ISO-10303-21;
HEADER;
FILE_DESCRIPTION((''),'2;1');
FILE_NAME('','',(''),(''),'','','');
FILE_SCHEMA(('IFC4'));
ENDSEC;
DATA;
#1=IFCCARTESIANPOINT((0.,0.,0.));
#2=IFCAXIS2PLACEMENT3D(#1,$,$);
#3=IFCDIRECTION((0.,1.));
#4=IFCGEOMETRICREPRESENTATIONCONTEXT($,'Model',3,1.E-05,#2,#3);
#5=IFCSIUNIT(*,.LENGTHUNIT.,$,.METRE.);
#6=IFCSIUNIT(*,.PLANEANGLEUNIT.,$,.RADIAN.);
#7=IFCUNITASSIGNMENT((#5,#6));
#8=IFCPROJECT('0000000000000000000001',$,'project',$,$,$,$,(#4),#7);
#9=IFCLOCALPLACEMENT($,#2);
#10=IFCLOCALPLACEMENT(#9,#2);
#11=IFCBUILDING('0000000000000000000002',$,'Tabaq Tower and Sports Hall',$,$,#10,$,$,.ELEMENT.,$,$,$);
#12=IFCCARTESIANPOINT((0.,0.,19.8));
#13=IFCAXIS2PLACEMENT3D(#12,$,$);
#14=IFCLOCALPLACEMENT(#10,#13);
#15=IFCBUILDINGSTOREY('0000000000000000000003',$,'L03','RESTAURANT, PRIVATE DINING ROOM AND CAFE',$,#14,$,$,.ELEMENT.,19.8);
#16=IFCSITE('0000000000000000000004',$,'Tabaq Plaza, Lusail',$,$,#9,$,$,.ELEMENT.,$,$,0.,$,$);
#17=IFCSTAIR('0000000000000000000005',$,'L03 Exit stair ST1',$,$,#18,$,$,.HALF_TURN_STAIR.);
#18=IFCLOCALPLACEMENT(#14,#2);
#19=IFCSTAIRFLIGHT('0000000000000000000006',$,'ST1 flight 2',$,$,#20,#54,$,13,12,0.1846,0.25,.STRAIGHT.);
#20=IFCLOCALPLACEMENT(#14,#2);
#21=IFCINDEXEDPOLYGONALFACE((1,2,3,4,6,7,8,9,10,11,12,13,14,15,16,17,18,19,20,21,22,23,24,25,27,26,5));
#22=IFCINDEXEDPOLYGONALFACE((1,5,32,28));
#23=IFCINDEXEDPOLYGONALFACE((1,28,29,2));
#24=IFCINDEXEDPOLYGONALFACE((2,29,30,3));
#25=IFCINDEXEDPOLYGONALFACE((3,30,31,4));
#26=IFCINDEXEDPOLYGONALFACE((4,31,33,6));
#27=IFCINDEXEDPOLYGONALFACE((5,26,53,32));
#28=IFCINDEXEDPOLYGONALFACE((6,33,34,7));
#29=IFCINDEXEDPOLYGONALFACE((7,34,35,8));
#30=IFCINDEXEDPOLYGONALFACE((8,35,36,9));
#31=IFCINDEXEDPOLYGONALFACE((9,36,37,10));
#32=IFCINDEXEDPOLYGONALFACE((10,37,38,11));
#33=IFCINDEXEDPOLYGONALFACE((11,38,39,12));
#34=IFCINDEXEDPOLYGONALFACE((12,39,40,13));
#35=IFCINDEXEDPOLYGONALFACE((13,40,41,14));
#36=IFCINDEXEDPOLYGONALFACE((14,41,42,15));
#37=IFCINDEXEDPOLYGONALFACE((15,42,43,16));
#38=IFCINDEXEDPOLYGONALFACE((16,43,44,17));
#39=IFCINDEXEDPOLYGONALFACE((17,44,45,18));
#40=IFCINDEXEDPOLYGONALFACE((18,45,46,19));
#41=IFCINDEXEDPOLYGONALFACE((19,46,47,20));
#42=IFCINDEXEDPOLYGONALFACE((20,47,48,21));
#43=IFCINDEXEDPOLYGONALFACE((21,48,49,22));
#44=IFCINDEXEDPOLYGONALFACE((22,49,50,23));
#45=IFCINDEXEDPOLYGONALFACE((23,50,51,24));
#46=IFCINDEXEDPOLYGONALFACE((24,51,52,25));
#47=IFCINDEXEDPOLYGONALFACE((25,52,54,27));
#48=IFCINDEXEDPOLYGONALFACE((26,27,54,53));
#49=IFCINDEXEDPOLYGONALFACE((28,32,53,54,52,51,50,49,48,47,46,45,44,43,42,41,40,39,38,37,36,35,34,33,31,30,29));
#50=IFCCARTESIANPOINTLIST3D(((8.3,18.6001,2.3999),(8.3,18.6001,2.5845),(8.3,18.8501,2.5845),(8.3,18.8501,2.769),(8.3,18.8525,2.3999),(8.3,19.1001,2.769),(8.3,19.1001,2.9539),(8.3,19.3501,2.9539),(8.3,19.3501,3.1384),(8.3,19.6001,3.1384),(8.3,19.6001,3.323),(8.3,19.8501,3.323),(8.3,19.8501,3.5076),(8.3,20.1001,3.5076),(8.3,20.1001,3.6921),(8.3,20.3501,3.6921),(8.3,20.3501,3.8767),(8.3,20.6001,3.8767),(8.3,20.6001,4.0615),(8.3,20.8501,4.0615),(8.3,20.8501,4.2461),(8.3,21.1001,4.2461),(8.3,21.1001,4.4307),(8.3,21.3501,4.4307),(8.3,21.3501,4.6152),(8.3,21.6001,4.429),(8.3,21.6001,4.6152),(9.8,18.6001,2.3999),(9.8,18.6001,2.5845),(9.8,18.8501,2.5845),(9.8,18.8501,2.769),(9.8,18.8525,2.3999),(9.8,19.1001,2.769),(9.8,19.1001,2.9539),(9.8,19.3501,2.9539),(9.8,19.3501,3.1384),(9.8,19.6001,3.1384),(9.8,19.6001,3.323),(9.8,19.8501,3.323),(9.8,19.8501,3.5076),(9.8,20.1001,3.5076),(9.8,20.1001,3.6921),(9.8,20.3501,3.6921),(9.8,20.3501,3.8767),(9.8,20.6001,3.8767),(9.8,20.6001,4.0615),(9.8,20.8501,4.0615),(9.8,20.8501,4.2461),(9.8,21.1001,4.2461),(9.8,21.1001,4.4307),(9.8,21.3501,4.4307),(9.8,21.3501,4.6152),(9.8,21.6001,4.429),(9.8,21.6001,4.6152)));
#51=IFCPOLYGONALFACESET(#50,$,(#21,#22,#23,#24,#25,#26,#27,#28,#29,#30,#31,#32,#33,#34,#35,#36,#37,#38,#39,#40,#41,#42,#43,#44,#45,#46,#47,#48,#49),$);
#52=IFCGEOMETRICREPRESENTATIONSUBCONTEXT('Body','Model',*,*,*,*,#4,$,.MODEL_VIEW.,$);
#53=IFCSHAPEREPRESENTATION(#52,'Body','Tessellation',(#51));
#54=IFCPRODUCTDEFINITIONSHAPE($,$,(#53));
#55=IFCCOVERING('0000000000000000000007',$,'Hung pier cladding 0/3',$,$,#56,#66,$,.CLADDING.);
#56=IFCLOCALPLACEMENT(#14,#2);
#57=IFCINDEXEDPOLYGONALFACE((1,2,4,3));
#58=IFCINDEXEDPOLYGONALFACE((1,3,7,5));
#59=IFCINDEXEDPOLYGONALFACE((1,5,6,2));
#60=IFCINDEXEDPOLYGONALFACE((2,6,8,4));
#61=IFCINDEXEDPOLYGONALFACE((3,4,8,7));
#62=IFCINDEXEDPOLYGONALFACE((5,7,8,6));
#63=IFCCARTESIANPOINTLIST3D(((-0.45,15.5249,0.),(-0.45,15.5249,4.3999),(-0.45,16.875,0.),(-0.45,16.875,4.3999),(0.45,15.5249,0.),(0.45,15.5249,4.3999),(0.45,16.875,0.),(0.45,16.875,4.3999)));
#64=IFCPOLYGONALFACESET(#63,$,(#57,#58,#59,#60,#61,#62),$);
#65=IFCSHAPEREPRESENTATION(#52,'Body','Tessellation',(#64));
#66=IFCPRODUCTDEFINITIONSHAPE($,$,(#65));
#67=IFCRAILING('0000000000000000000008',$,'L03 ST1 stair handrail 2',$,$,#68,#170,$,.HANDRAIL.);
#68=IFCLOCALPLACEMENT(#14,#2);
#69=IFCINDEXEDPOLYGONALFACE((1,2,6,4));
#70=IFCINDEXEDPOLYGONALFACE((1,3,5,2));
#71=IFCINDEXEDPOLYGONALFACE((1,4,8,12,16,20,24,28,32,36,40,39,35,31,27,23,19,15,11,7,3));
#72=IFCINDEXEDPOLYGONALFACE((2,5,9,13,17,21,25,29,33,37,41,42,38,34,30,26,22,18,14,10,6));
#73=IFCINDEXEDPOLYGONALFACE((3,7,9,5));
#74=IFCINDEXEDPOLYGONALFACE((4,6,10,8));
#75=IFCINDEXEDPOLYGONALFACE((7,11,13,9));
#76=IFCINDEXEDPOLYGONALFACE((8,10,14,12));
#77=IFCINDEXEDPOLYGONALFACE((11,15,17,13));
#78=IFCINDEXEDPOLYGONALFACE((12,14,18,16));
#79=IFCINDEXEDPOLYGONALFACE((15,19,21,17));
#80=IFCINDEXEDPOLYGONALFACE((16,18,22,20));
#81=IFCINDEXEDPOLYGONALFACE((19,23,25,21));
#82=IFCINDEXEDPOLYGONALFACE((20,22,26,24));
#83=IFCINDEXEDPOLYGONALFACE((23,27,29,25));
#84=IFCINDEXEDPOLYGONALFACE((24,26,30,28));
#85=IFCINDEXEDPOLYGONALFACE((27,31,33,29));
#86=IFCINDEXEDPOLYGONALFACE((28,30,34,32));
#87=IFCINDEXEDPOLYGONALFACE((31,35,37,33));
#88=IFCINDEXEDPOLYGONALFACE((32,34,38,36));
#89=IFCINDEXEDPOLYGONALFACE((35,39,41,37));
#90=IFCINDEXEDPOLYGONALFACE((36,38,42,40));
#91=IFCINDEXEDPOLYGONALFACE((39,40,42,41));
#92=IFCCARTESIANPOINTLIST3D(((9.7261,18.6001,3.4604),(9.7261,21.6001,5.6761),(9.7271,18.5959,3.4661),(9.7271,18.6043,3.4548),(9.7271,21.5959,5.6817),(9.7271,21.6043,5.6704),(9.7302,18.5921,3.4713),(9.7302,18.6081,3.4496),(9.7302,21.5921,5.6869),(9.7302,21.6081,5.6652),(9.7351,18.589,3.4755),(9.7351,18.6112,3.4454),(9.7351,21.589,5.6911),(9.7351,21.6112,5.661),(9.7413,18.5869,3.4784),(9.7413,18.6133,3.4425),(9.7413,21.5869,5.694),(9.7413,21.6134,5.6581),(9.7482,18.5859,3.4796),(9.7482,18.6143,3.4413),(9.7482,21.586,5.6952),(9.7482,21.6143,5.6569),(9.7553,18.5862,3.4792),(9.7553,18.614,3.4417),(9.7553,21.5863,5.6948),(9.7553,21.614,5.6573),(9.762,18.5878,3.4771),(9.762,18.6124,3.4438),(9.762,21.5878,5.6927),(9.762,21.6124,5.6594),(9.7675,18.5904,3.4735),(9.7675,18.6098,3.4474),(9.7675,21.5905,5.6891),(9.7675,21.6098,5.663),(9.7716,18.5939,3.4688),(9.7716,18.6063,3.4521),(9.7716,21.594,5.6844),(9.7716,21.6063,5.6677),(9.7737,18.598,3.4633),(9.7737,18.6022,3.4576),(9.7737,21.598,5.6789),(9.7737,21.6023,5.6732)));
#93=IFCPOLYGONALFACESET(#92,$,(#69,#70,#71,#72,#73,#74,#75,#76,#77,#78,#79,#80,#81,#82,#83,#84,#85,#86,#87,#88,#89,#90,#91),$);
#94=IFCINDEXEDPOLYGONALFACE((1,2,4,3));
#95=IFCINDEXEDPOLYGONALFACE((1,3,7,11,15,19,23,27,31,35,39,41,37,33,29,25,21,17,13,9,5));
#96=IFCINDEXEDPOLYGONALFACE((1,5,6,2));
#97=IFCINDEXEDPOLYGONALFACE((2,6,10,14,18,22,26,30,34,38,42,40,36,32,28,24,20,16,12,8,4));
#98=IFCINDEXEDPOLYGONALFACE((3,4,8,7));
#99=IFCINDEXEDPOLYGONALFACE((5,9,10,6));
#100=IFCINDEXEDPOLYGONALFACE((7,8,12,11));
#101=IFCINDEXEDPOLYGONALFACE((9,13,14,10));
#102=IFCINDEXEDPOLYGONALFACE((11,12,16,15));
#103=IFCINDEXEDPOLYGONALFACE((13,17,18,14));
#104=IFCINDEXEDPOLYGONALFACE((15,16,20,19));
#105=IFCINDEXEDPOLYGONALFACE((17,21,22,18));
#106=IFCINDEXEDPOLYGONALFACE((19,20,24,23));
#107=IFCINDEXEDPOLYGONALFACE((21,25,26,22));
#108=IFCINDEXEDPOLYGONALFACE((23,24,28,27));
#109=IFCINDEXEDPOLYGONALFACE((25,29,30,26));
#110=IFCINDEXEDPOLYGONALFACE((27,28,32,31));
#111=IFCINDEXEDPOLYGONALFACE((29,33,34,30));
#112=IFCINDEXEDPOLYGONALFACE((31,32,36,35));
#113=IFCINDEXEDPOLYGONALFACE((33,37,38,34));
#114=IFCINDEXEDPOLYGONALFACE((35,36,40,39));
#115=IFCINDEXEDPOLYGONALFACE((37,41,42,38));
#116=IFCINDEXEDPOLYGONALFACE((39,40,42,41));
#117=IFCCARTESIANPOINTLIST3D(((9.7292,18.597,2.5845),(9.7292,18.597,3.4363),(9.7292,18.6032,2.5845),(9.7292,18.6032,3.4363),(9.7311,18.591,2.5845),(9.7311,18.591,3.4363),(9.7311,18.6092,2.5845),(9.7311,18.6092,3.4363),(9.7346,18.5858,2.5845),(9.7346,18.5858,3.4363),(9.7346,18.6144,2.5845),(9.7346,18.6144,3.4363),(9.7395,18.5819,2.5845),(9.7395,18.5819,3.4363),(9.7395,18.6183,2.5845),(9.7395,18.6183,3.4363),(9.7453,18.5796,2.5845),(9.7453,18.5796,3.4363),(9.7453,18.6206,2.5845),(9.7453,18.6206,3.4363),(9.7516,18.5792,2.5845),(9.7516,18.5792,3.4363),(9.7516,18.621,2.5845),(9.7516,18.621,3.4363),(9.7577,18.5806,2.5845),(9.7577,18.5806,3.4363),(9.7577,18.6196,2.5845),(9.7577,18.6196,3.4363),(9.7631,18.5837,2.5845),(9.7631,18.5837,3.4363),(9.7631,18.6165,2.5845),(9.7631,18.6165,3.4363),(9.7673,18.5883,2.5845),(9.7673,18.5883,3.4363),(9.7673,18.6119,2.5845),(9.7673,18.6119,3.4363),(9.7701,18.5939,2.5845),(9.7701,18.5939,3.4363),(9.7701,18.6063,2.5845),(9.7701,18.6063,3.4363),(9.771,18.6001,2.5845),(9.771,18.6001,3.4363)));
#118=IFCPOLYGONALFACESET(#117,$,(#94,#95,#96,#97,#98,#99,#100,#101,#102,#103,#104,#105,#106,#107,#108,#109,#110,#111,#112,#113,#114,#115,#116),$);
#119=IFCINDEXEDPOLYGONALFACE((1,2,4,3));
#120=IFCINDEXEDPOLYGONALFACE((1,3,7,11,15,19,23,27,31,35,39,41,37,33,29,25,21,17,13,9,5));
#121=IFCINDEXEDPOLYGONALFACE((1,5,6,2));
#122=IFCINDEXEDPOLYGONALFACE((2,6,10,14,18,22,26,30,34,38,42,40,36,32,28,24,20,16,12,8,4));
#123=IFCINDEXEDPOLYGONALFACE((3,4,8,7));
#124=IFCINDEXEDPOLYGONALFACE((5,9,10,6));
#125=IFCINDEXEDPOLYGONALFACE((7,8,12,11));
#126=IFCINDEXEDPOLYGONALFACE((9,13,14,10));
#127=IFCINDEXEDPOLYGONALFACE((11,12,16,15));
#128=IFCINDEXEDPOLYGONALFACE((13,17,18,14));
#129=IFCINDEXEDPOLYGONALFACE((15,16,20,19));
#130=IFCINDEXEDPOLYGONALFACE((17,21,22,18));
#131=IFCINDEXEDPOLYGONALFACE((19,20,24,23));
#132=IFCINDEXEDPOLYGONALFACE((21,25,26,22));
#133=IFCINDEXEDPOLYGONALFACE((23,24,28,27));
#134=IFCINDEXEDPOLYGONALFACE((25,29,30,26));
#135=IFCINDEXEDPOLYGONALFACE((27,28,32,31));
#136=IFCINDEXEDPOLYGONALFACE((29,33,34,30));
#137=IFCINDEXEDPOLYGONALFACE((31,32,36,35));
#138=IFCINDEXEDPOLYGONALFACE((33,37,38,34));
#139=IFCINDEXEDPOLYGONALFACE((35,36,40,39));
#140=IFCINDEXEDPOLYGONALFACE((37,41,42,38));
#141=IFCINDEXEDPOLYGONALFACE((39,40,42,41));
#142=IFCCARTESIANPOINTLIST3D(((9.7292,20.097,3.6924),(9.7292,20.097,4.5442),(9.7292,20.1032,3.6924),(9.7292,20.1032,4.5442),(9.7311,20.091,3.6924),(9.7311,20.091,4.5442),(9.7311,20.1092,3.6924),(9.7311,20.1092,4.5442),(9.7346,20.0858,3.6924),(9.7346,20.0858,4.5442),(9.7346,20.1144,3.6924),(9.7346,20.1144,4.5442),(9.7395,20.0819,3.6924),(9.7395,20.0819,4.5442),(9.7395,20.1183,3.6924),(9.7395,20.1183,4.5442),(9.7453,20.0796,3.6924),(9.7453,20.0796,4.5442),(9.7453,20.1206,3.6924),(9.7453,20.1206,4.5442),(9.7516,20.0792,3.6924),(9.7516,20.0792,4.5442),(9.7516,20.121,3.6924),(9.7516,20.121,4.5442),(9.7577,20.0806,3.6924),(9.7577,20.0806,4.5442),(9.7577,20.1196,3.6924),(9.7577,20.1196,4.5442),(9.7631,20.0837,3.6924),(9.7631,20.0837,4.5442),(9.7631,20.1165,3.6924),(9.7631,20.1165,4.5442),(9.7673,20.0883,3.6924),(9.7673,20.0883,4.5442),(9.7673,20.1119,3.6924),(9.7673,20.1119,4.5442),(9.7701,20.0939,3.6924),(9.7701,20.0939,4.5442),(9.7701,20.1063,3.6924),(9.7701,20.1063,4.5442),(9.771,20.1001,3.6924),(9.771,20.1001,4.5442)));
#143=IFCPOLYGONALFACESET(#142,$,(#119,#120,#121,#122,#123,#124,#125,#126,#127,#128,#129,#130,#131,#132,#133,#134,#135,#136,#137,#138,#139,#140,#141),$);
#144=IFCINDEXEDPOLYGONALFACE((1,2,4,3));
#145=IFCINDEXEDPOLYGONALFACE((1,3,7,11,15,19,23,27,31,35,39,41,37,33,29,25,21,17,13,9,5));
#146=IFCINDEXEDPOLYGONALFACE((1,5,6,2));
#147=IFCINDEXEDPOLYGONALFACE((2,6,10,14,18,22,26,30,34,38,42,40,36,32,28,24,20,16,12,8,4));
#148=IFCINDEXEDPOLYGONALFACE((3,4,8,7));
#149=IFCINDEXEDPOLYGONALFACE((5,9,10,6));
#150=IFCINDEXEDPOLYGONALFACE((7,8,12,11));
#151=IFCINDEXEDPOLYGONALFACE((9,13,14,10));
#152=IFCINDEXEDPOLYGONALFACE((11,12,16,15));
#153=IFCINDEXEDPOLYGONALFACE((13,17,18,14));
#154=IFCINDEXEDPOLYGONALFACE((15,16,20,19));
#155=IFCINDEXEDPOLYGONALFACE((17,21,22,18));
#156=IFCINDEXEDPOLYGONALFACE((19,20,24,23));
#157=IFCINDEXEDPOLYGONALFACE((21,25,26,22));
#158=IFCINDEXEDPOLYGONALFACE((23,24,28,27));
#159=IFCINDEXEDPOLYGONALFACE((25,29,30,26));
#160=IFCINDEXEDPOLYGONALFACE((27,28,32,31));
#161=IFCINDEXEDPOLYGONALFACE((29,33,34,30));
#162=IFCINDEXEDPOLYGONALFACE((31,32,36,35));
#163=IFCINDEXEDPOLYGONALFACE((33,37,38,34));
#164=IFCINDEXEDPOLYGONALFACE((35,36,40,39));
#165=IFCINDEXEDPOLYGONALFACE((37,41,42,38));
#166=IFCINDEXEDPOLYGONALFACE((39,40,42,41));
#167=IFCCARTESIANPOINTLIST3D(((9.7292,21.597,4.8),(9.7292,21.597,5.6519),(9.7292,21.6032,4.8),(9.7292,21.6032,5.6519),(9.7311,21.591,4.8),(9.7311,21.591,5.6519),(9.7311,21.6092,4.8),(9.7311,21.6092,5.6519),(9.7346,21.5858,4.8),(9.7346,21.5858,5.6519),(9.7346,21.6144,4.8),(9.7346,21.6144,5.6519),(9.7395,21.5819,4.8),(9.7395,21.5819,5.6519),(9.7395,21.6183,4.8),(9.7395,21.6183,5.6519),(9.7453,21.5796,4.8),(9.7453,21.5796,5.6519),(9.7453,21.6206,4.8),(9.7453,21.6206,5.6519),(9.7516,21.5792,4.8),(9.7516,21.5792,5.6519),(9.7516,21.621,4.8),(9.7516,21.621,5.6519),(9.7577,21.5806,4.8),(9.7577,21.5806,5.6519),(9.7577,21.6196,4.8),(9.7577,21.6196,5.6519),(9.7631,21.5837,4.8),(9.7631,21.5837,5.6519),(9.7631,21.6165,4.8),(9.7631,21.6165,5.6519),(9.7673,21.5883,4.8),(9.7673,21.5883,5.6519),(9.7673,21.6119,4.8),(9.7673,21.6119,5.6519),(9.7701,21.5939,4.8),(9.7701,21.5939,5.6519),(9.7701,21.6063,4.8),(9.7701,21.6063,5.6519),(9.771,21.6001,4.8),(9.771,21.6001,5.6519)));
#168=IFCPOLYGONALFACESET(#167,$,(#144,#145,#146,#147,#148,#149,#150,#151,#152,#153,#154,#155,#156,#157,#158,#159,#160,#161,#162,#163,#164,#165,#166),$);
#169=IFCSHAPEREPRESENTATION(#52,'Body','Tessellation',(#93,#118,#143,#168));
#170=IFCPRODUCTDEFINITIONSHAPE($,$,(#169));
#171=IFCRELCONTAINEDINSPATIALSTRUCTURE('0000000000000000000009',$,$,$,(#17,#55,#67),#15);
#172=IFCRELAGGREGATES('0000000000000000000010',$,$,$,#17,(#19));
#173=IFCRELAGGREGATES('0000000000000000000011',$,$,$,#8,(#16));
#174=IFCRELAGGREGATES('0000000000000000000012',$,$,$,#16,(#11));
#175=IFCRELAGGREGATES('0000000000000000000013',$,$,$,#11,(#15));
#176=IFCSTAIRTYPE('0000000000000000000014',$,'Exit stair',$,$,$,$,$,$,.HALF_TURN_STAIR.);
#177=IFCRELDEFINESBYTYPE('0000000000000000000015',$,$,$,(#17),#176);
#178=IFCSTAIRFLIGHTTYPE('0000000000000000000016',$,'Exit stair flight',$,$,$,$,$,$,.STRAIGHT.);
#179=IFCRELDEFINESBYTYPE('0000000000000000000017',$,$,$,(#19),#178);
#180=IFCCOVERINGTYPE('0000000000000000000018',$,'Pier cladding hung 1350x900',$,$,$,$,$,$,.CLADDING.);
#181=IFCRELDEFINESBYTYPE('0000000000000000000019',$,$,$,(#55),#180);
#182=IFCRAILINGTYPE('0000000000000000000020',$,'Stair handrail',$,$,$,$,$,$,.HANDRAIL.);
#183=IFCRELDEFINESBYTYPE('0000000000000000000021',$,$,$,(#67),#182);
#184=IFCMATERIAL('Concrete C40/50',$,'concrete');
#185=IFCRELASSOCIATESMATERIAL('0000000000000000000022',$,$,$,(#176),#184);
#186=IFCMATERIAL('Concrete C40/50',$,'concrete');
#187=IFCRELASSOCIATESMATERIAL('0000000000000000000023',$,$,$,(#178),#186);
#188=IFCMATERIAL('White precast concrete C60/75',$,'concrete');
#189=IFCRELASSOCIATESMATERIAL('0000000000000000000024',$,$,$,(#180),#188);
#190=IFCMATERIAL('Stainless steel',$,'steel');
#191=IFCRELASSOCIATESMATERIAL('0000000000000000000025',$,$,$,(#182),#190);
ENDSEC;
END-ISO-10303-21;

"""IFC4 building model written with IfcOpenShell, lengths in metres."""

from ifc_helpers import new_model, si_unit, direction, frame, frame_2d, origin, origin_2d, place, context, subcontext, project, spatial, polyline, rectangle, circle, outline, extrude, material, type_object, element, aggregate, save


model = new_model("IFC4")

# Units and contexts
model_context = context("Model", 3, precision=1e-05, world=origin(), true_north=direction((0.0, 1.0)))
body_context = subcontext(model_context, "Body", "Model", "MODEL_VIEW")
ifc_project = project(units=[si_unit("LENGTHUNIT", "METRE"), si_unit("PLANEANGLEUNIT", "RADIAN")], contexts=[model_context])

# Site, building, storey
site_placement = place(None, origin())
site = spatial("IfcSite", under=ifc_project, at=site_placement, Name="Tabaq Plaza, Lusail", CompositionType="ELEMENT", RefElevation=0.0)
building_placement = place(site_placement, origin())
building = spatial("IfcBuilding", under=site, at=building_placement, Name="Tabaq Tower and Sports Hall", CompositionType="ELEMENT")
storey_placement = place(building_placement, frame((0.0, 0.0, 19.8)))
storey = spatial("IfcBuildingStorey", under=building, at=storey_placement, Name="L03", Description="RESTAURANT, PRIVATE DINING ROOM AND CAFE", CompositionType="ELEMENT", Elevation=19.8)

# Stair, stair flight
ifc_material_1 = material(Name="Concrete C40/50", Category="concrete")
stair_type = type_object("IfcStairType", Name="Exit stair", PredefinedType="HALF_TURN_STAIR", material=ifc_material_1)
stair_placement = place(storey_placement, origin())
stair = element("IfcStair", 1, at=stair_placement, inside=storey, type_object=stair_type, Name="L03 Exit stair ST1", PredefinedType="HALF_TURN_STAIR")
ifc_material_2 = material(Name="Concrete C40/50", Category="concrete")
stair_flight_type = type_object("IfcStairFlightType", Name="Exit stair flight", PredefinedType="STRAIGHT", material=ifc_material_2)
stair_flight_placement = place(storey_placement, frame((9.05, 18.6001, 2.3999), z_axis=(0.0, 0.0, 1.0), x_axis=(0.0, 1.0, 0.0)))
stair_flight = element("IfcStairFlight", 2, at=stair_flight_placement, type_object=stair_flight_type, Name="ST1 flight 2", NumberOfRisers=13, NumberOfTreads=12, PredefinedType="STRAIGHT", RiserHeight=0.1846, TreadLength=0.25, context=body_context, shape_type="SweptSolid", body=[
    extrude(outline(polyline([(0.0, 0.0), (0.0, 0.1846), (0.25, 0.1846), (0.25, 0.3691), (0.5, 0.3691), (0.5, 0.554), (0.75, 0.554), (0.75, 0.7385), (1.0, 0.7385), (1.0, 0.9231), (1.25, 0.9231), (1.25, 1.1077), (1.5, 1.1077), (1.5, 1.2922), (1.75, 1.2922), (1.75, 1.4768), (2.0, 1.4768), (2.0, 1.6616), (2.25, 1.6616), (2.25, 1.8462), (2.5, 1.8462), (2.5, 2.0308), (2.75, 2.0308), (2.75, 2.2153), (3.0, 2.2153), (3.0, 2.3999), (3.0, 2.0291), (0.2524, 0.0), (0.0, 0.0)])), frame((0.0, 0.75, 0.0), z_axis=(0.0, -1.0, 0.0), x_axis=(1.0, 0.0, 0.0)), (0.0, 0.0, 1.0), 1.5),
])
aggregate(stair, [stair_flight])

# Covering
ifc_material_3 = material(Name="White precast concrete C60/75", Category="concrete")
covering_type = type_object("IfcCoveringType", Name="Pier cladding hung 1350x900", PredefinedType="CLADDING", material=ifc_material_3)
covering_placement = place(storey_placement, frame((0.0, 16.875, 0.0), z_axis=(0.0, 0.0, 1.0), x_axis=(0.0, -1.0, 0.0)))
element("IfcCovering", 3, at=covering_placement, inside=storey, type_object=covering_type, Name="Hung pier cladding 0/3", PredefinedType="CLADDING", context=body_context, shape_type="SweptSolid", body=[
    extrude(rectangle(XDim=1.3501, YDim=0.8999, at=frame_2d((0.675, 0.0))), origin(), (0.0, 0.0, 1.0), 4.3999),
])

# Railing
ifc_material_4 = material(Name="Stainless steel", Category="steel")
railing_type = type_object("IfcRailingType", Name="Stair handrail", PredefinedType="HANDRAIL", material=ifc_material_4)
railing_placement = place(storey_placement, frame((9.75, 18.6001, 2.5845)))
element("IfcRailing", 4, at=railing_placement, inside=storey, type_object=railing_type, Name="L03 ST1 stair handrail 2", PredefinedType="HANDRAIL", context=body_context, shape_type="SweptSolid", body=[
    extrude(circle(Radius=0.0239, at=origin_2d()), frame((0.0, 0.0, 0.876), z_axis=(0.0, 0.804409, 0.594076), x_axis=(-1.0, 0.0, 0.0)), (0.0, 0.0, 1.0), 3.7295),
    extrude(circle(Radius=0.021, at=origin_2d()), origin(), (0.0, 0.0, 1.0), 0.8518),
    extrude(circle(Radius=0.021, at=origin_2d()), frame((0.0, 1.5, 1.1079)), (0.0, 0.0, 1.0), 0.8518),
    extrude(circle(Radius=0.021, at=origin_2d()), frame((0.0, 3.0, 2.2156)), (0.0, 0.0, 1.0), 0.8518),
])

save(model, "model.ifc")
